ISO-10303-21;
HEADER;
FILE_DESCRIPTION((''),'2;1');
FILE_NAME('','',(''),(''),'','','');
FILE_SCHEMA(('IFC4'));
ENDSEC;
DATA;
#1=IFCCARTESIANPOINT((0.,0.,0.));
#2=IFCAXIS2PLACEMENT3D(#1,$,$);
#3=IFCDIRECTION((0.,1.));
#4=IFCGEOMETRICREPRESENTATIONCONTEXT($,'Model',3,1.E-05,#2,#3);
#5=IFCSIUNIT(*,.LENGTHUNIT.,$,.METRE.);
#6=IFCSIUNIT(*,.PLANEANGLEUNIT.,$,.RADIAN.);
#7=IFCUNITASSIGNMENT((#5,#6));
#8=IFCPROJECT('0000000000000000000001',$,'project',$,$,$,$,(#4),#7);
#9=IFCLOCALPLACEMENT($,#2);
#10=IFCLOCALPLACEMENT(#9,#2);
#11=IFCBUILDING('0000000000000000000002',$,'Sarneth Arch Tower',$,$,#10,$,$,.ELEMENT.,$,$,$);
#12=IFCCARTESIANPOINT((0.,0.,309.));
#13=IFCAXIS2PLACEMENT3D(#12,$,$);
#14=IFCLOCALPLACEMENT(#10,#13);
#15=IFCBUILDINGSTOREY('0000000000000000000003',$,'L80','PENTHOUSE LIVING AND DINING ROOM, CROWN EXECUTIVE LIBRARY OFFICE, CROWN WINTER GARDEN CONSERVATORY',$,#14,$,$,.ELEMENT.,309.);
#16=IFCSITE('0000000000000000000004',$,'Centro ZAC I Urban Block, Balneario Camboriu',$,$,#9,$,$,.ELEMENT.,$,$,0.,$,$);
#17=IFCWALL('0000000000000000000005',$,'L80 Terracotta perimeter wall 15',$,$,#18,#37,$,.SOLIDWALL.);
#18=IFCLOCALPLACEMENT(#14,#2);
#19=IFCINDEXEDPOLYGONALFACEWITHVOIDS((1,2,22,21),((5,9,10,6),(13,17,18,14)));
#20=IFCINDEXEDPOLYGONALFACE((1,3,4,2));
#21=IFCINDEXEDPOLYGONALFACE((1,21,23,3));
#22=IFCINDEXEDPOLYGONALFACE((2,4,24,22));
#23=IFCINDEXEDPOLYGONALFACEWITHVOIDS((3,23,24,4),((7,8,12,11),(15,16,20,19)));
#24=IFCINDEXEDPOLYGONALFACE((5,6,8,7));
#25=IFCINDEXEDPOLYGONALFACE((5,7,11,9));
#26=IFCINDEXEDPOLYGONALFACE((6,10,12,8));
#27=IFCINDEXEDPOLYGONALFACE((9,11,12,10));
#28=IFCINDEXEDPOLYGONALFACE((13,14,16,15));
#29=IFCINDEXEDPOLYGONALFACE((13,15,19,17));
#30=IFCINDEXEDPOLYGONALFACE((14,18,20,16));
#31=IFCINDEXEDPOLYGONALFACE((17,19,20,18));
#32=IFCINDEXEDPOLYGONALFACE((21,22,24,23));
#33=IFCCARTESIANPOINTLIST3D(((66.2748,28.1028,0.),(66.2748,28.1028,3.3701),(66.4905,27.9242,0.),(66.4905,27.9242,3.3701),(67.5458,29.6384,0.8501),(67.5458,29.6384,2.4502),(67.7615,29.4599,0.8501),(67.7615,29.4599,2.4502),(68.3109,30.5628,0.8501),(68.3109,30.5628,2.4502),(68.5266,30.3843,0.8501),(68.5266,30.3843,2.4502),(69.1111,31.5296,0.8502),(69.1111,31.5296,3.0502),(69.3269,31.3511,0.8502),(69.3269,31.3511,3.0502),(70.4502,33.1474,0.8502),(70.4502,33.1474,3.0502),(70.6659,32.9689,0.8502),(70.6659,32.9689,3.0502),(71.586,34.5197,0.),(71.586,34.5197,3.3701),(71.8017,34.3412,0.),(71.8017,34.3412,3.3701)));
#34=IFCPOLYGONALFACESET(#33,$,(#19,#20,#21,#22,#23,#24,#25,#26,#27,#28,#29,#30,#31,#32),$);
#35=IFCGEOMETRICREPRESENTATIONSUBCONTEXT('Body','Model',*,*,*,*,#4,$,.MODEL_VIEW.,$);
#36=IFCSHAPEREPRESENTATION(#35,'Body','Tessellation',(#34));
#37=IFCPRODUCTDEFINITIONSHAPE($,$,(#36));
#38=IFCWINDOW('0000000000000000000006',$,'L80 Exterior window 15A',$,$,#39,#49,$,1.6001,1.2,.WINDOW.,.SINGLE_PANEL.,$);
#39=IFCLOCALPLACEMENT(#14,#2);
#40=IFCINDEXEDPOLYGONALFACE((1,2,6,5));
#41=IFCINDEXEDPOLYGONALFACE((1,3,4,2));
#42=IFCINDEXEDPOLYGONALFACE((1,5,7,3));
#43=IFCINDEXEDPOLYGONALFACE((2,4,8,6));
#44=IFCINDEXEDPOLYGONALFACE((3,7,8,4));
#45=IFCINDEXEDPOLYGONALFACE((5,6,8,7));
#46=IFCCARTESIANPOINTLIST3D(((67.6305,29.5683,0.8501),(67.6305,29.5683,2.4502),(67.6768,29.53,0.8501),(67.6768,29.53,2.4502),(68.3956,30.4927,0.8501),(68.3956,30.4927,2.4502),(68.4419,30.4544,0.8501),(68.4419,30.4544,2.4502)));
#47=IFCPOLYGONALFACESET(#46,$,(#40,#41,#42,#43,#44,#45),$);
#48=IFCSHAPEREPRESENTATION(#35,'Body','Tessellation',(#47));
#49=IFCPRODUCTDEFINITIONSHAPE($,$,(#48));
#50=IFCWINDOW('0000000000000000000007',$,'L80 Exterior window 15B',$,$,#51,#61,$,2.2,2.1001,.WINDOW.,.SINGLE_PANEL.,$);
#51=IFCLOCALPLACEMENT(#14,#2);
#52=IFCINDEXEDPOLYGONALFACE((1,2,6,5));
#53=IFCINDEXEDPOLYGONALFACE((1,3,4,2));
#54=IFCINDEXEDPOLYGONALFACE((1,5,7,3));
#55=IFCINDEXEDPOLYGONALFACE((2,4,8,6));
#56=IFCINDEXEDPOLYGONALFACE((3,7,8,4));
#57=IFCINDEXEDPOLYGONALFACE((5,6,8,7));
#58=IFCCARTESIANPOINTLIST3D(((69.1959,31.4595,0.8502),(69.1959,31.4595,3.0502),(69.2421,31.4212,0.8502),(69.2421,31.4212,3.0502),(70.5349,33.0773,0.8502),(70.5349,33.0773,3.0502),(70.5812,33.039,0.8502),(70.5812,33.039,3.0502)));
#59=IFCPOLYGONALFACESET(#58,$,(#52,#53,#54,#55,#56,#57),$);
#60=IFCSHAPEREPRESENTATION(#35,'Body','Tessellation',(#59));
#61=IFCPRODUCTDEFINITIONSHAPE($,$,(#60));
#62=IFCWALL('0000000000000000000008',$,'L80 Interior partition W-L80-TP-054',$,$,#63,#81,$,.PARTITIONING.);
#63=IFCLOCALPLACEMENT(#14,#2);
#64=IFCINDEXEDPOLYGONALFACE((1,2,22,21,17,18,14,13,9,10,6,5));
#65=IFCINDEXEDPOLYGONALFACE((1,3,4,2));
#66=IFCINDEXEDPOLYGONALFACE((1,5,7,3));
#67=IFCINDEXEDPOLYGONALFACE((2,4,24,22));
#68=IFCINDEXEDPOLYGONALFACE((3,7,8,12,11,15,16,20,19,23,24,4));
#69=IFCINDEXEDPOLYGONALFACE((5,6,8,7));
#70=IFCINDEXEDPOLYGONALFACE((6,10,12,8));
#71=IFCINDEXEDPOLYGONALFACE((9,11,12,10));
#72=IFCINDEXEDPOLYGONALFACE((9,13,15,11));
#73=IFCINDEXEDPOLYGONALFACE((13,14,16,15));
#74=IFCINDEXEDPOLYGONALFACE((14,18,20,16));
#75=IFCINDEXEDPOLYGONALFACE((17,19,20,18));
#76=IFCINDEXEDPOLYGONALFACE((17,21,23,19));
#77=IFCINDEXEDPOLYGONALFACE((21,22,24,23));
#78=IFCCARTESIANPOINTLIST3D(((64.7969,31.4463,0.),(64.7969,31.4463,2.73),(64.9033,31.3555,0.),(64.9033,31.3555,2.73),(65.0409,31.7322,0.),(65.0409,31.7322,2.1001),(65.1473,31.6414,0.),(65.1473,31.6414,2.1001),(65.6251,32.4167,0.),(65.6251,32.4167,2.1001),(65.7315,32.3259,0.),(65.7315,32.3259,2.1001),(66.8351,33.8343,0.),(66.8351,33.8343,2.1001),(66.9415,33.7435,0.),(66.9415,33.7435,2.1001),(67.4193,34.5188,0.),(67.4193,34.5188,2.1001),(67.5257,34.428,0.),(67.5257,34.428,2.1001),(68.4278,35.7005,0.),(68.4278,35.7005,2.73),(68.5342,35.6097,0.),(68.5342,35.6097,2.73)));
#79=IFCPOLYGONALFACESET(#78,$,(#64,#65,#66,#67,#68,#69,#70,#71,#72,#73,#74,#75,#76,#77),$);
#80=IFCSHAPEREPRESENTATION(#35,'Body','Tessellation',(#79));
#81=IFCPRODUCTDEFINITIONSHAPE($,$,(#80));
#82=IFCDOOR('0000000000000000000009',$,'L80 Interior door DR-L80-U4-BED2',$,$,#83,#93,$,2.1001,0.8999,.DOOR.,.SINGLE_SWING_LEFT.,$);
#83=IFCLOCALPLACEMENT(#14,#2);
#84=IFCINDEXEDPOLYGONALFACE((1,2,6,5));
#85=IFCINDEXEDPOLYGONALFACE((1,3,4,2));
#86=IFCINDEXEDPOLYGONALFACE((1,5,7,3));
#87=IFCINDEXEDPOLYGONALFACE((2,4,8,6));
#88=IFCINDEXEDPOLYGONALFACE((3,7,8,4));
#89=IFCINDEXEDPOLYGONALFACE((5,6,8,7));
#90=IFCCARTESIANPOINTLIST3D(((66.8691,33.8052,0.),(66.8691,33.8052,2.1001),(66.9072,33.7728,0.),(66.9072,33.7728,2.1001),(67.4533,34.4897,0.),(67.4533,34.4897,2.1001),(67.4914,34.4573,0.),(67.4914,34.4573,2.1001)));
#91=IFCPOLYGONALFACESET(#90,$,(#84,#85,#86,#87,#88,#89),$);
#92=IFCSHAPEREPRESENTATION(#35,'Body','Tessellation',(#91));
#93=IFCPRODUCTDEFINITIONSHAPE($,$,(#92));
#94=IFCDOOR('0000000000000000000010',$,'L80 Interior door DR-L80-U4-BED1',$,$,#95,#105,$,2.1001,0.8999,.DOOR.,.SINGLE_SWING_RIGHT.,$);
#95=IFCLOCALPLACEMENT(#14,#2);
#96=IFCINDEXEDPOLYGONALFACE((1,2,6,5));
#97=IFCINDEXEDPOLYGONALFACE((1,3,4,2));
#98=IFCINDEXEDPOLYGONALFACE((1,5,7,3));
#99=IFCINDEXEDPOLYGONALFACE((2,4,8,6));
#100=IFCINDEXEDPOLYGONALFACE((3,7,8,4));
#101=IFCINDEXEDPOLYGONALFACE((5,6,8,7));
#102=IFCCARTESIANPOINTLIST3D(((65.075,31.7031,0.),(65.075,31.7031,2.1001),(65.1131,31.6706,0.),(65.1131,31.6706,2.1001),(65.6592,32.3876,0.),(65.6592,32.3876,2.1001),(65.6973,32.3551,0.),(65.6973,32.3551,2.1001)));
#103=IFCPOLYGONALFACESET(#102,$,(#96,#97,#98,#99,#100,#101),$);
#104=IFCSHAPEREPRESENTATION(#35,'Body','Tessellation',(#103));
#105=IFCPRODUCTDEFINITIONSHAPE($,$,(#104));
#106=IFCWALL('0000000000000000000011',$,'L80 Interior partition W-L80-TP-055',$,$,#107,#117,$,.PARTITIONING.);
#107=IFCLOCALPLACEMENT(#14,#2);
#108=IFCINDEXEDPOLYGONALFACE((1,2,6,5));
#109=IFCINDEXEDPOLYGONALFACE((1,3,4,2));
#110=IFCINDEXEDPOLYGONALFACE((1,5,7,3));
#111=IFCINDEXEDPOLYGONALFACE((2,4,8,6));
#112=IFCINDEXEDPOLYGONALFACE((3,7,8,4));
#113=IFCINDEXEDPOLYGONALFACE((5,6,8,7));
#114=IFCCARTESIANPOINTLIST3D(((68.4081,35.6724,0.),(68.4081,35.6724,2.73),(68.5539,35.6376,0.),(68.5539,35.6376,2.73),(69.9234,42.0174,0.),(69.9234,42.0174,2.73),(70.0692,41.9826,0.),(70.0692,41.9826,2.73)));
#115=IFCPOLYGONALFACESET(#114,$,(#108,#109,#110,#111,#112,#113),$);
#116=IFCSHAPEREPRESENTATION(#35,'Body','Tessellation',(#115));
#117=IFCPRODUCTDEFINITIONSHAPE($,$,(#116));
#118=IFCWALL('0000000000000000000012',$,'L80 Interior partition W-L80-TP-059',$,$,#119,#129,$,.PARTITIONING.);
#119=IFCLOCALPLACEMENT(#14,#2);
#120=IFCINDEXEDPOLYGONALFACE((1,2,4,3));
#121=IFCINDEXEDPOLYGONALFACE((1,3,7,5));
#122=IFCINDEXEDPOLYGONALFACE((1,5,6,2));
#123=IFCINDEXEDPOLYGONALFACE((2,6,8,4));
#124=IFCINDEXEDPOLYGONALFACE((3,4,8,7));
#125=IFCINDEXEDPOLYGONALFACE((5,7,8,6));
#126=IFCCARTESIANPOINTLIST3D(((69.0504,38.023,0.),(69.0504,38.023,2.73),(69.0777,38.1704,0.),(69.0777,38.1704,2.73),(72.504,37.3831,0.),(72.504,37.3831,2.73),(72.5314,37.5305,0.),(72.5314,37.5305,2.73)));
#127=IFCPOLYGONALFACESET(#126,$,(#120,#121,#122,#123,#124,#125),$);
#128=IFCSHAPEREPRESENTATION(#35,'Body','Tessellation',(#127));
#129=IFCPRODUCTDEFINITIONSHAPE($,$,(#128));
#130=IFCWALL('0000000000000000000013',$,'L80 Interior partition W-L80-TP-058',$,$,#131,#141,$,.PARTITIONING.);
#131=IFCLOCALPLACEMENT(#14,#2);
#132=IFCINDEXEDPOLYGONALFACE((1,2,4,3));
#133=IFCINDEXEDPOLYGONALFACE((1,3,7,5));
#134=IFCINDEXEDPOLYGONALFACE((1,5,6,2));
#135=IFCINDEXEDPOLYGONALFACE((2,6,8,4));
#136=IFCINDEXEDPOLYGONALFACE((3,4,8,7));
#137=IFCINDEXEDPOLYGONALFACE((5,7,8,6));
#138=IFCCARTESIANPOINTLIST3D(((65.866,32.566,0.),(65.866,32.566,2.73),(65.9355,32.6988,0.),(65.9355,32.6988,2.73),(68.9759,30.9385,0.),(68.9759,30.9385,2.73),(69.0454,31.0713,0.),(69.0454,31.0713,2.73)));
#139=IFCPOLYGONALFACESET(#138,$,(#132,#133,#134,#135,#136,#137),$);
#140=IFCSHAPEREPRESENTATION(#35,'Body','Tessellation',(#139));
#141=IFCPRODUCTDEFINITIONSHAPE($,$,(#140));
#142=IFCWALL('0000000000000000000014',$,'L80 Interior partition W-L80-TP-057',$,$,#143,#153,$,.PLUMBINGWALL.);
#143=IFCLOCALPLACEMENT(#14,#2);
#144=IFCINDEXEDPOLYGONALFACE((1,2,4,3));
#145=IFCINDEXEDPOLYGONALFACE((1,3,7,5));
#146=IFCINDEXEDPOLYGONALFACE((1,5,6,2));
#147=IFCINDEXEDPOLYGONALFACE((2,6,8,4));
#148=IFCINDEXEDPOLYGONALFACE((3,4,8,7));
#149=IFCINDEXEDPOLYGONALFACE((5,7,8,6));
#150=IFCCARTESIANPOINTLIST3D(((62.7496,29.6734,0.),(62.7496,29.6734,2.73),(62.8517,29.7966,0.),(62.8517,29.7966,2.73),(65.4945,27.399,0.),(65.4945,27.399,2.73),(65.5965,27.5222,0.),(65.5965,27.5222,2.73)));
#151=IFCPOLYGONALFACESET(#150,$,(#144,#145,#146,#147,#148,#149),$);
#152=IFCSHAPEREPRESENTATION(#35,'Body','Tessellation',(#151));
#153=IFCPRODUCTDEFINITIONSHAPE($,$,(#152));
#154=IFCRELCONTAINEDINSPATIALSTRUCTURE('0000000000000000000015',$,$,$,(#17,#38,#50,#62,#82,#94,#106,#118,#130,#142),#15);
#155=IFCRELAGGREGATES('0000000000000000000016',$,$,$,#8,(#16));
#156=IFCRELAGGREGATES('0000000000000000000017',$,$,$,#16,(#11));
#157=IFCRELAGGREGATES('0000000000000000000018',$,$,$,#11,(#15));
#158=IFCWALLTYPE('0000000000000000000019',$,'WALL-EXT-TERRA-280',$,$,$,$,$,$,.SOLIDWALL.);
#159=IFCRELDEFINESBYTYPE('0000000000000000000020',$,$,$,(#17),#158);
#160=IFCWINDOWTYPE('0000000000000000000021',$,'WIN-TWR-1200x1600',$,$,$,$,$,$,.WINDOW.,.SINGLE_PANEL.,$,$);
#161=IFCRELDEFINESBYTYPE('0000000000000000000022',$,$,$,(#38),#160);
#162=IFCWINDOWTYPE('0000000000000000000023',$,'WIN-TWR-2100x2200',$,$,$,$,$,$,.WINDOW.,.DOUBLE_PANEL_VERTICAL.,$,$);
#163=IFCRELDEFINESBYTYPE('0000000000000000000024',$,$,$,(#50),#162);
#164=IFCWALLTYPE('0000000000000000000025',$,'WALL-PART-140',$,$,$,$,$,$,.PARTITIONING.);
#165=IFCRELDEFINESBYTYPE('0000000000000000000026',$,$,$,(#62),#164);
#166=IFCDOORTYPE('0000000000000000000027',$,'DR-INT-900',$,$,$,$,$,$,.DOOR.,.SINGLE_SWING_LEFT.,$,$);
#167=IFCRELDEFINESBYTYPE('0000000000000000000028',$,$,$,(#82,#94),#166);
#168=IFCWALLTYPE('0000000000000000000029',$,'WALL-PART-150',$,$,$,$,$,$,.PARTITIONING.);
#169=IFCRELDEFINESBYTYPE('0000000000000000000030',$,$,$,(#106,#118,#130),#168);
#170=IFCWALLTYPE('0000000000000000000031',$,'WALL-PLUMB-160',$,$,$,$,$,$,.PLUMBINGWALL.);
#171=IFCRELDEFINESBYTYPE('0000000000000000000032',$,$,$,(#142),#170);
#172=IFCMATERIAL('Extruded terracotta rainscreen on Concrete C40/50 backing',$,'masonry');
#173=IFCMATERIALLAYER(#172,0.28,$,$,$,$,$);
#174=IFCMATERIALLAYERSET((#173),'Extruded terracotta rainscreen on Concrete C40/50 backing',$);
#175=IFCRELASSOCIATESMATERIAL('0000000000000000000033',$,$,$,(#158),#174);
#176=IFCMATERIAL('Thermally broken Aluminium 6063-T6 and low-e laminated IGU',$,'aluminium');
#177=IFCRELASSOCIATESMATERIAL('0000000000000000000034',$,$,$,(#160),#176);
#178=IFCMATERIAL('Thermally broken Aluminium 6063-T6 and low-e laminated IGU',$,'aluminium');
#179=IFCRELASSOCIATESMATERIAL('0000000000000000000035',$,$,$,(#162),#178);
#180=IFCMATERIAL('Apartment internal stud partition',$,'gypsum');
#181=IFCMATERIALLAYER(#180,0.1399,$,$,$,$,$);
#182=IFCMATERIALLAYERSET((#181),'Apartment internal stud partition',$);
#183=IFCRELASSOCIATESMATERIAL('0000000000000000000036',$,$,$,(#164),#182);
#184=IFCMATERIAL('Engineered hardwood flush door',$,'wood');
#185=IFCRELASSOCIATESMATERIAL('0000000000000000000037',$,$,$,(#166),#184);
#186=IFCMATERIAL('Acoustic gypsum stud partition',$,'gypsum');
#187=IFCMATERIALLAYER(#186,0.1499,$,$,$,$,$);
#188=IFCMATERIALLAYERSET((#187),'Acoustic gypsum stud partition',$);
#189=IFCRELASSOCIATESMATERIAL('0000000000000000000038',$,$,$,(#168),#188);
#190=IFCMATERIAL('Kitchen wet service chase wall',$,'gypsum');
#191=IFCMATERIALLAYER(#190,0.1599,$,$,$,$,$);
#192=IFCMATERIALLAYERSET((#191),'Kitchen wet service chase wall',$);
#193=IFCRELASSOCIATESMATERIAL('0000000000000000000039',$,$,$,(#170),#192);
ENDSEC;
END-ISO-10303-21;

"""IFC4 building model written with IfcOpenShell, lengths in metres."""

from ifc_helpers import new_model, si_unit, direction, frame, frame_2d, origin, place, context, subcontext, project, spatial, rectangle, extrude, material, layer, layer_set, type_object, element, fill, save


model = new_model("IFC4")

# Units and contexts
model_context = context("Model", 3, precision=1e-05, world=origin(), true_north=direction((0.0, 1.0)))
body_context = subcontext(model_context, "Body", "Model", "MODEL_VIEW")
ifc_project = project(units=[si_unit("LENGTHUNIT", "METRE"), si_unit("PLANEANGLEUNIT", "RADIAN")], contexts=[model_context])

# Site, building, storey
site_placement = place(None, origin())
site = spatial("IfcSite", under=ifc_project, at=site_placement, Name="Centro ZAC I Urban Block, Balneario Camboriu", CompositionType="ELEMENT", RefElevation=0.0)
building_placement = place(site_placement, origin())
building = spatial("IfcBuilding", under=site, at=building_placement, Name="Sarneth Arch Tower", CompositionType="ELEMENT")
storey_placement = place(building_placement, frame((0.0, 0.0, 309.0)))
storey = spatial("IfcBuildingStorey", under=building, at=storey_placement, Name="L80", Description="PENTHOUSE LIVING AND DINING ROOM, CROWN EXECUTIVE LIBRARY OFFICE, CROWN WINTER GARDEN CONSERVATORY", CompositionType="ELEMENT", Elevation=309.0)

# Wall, openings, windows
ifc_material_1 = material(Name="Extruded terracotta rainscreen on Concrete C40/50 backing", Category="masonry")
ifc_layer_1 = layer(ifc_material_1, 0.28)
ifc_layer_set_1 = layer_set([ifc_layer_1], Name="Extruded terracotta rainscreen on Concrete C40/50 backing")
wall_type_1 = type_object("IfcWallType", Name="WALL-EXT-TERRA-280", PredefinedType="SOLIDWALL", material=ifc_layer_set_1)
wall_1_placement = place(storey_placement, frame((66.3826, 28.0134, 0.0), z_axis=(0.0, 0.0, 1.0), x_axis=(0.637615, 0.770355, 0.0)))
wall_1 = element("IfcWall", 1, at=wall_1_placement, inside=storey, type_object=wall_type_1, Name="L80 Terracotta perimeter wall 15", PredefinedType="SOLIDWALL", context=body_context, shape_type="SweptSolid", body=[
    extrude(rectangle(XDim=8.3298, YDim=0.28, at=frame_2d((4.165, 0.0))), origin(), (0.0, 0.0, 1.0), 3.3701),
])
opening_1_placement = place(wall_1_placement, frame((1.9934, 0.0, 0.8501)))
opening_1 = element("IfcOpeningElement", 2, at=opening_1_placement, cuts=wall_1, PredefinedType="OPENING", context=body_context, shape_type="SweptSolid", body=[
    extrude(rectangle(XDim=1.2, YDim=1.6001, at=frame_2d((0.6001, 0.8))), frame((0.0, 0.1499, 0.0), z_axis=(0.0, -1.0, 0.0), x_axis=(1.0, 0.0, 0.0)), (0.0, 0.0, 1.0), 0.3),
])
opening_2_placement = place(wall_1_placement, frame((4.4485, 0.0, 0.8501)))
opening_2 = element("IfcOpeningElement", 3, at=opening_2_placement, cuts=wall_1, PredefinedType="OPENING", context=body_context, shape_type="SweptSolid", body=[
    extrude(rectangle(XDim=2.1001, YDim=2.2, at=frame_2d((1.05, 1.1001))), frame((0.0, 0.1499, 0.0), z_axis=(0.0, -1.0, 0.0), x_axis=(1.0, 0.0, 0.0)), (0.0, 0.0, 1.0), 0.3),
])
ifc_material_2 = material(Name="Thermally broken Aluminium 6063-T6 and low-e laminated IGU", Category="aluminium")
window_type_1 = type_object("IfcWindowType", Name="WIN-TWR-1200x1600", PartitioningType="SINGLE_PANEL", PredefinedType="WINDOW", material=ifc_material_2)
window_1_placement = place(opening_1_placement, origin())
window_1 = element("IfcWindow", 4, at=window_1_placement, inside=storey, type_object=window_type_1, Name="L80 Exterior window 15A", OverallHeight=1.6001, OverallWidth=1.2, PartitioningType="SINGLE_PANEL", PredefinedType="WINDOW", context=body_context, shape_type="SweptSolid", body=[
    extrude(rectangle(XDim=1.2, YDim=1.6001, at=frame_2d((0.6001, 0.8))), frame((0.0, 0.03, 0.0), z_axis=(0.0, -1.0, 0.0), x_axis=(1.0, 0.0, 0.0)), (0.0, 0.0, 1.0), 0.0601),
])
fill(opening_1, window_1)
ifc_material_3 = material(Name="Thermally broken Aluminium 6063-T6 and low-e laminated IGU", Category="aluminium")
window_type_2 = type_object("IfcWindowType", Name="WIN-TWR-2100x2200", PartitioningType="DOUBLE_PANEL_VERTICAL", PredefinedType="WINDOW", material=ifc_material_3)
window_2_placement = place(opening_2_placement, origin())
window_2 = element("IfcWindow", 5, at=window_2_placement, inside=storey, type_object=window_type_2, Name="L80 Exterior window 15B", OverallHeight=2.2, OverallWidth=2.1001, PartitioningType="SINGLE_PANEL", PredefinedType="WINDOW", context=body_context, shape_type="SweptSolid", body=[
    extrude(rectangle(XDim=2.1001, YDim=2.2, at=frame_2d((1.05, 1.1001))), frame((0.0, 0.03, 0.0), z_axis=(0.0, -1.0, 0.0), x_axis=(1.0, 0.0, 0.0)), (0.0, 0.0, 1.0), 0.0601),
])
fill(opening_2, window_2)

# Wall, openings, doors
ifc_material_4 = material(Name="Apartment internal stud partition", Category="gypsum")
ifc_layer_2 = layer(ifc_material_4, 0.1399)
ifc_layer_set_2 = layer_set([ifc_layer_2], Name="Apartment internal stud partition")
wall_type_2 = type_object("IfcWallType", Name="WALL-PART-140", PredefinedType="PARTITIONING", material=ifc_layer_set_2)
wall_2_placement = place(storey_placement, frame((68.481, 35.655, 0.0), z_axis=(0.0, 0.0, 1.0), x_axis=(-0.649187, -0.760629, 0.0)))
wall_2 = element("IfcWall", 6, at=wall_2_placement, inside=storey, type_object=wall_type_2, Name="L80 Interior partition W-L80-TP-054", PredefinedType="PARTITIONING", context=body_context, shape_type="SweptSolid", body=[
    extrude(rectangle(XDim=5.593, YDim=0.1399, at=frame_2d((2.7964, 0.0))), origin(), (0.0, 0.0, 1.0), 2.73),
])
opening_3_placement = place(wall_2_placement, frame((1.5535, 0.0, 0.0)))
opening_3 = element("IfcOpeningElement", 7, at=opening_3_placement, cuts=wall_2, PredefinedType="OPENING", context=body_context, shape_type="SweptSolid", body=[
    extrude(rectangle(XDim=0.8999, YDim=2.1001, at=frame_2d((0.45, 1.05))), frame((0.0, 0.0798, 0.0), z_axis=(0.0, -1.0, 0.0), x_axis=(1.0, 0.0, 0.0)), (0.0, 0.0, 1.0), 0.1599),
])
opening_4_placement = place(wall_2_placement, frame((4.3171, 0.0, 0.0)))
opening_4 = element("IfcOpeningElement", 8, at=opening_4_placement, cuts=wall_2, PredefinedType="OPENING", context=body_context, shape_type="SweptSolid", body=[
    extrude(rectangle(XDim=0.8999, YDim=2.1001, at=frame_2d((0.45, 1.05))), frame((0.0, 0.0798, 0.0), z_axis=(0.0, -1.0, 0.0), x_axis=(1.0, 0.0, 0.0)), (0.0, 0.0, 1.0), 0.1599),
])
ifc_material_5 = material(Name="Engineered hardwood flush door", Category="wood")
door_type = type_object("IfcDoorType", Name="DR-INT-900", OperationType="SINGLE_SWING_LEFT", PredefinedType="DOOR", material=ifc_material_5)
door_1_placement = place(opening_3_placement, origin())
door_1 = element("IfcDoor", 9, at=door_1_placement, inside=storey, type_object=door_type, Name="L80 Interior door DR-L80-U4-BED2", OperationType="SINGLE_SWING_LEFT", OverallHeight=2.1001, OverallWidth=0.8999, PredefinedType="DOOR", context=body_context, shape_type="SweptSolid", body=[
    extrude(rectangle(XDim=0.8999, YDim=2.1001, at=frame_2d((0.45, 1.05))), frame((0.0, 0.0249, 0.0), z_axis=(0.0, -1.0, 0.0), x_axis=(1.0, 0.0, 0.0)), (0.0, 0.0, 1.0), 0.05),
])
fill(opening_3, door_1)
door_2_placement = place(opening_4_placement, origin())
door_2 = element("IfcDoor", 10, at=door_2_placement, inside=storey, type_object=door_type, Name="L80 Interior door DR-L80-U4-BED1", OperationType="SINGLE_SWING_RIGHT", OverallHeight=2.1001, OverallWidth=0.8999, PredefinedType="DOOR", context=body_context, shape_type="SweptSolid", body=[
    extrude(rectangle(XDim=0.8999, YDim=2.1001, at=frame_2d((0.45, 1.05))), frame((0.0, 0.0249, 0.0), z_axis=(0.0, -1.0, 0.0), x_axis=(1.0, 0.0, 0.0)), (0.0, 0.0, 1.0), 0.05),
])
fill(opening_4, door_2)

# Walls
ifc_material_6 = material(Name="Acoustic gypsum stud partition", Category="gypsum")
ifc_layer_3 = layer(ifc_material_6, 0.1499)
ifc_layer_set_3 = layer_set([ifc_layer_3], Name="Acoustic gypsum stud partition")
wall_type_3 = type_object("IfcWallType", Name="WALL-PART-150", PredefinedType="PARTITIONING", material=ifc_layer_set_3)
wall_3_placement = place(storey_placement, frame((68.481, 35.655, 0.0), z_axis=(0.0, 0.0, 1.0), x_axis=(0.232298, 0.972645, 0.0)))
element("IfcWall", 11, at=wall_3_placement, inside=storey, type_object=wall_type_3, Name="L80 Interior partition W-L80-TP-055", PredefinedType="PARTITIONING", context=body_context, shape_type="SweptSolid", body=[
    extrude(rectangle(XDim=6.5234, YDim=0.1499, at=frame_2d((3.2617, 0.0))), origin(), (0.0, 0.0, 1.0), 2.73),
])
wall_4_placement = place(storey_placement, frame((72.5178, 37.4568, 0.0), z_axis=(0.0, 0.0, 1.0), x_axis=(-0.983265, 0.182181, 0.0)))
element("IfcWall", 12, at=wall_4_placement, inside=storey, type_object=wall_type_3, Name="L80 Interior partition W-L80-TP-059", PredefinedType="PARTITIONING", context=body_context, shape_type="SweptSolid", body=[
    extrude(rectangle(XDim=3.5125, YDim=0.1499, at=frame_2d((1.7563, 0.0))), origin(), (0.0, 0.0, 1.0), 2.73),
])
wall_5_placement = place(storey_placement, frame((65.9009, 32.6323, 0.0), z_axis=(0.0, 0.0, 1.0), x_axis=(0.886011, -0.463664, 0.0)))
element("IfcWall", 13, at=wall_5_placement, inside=storey, type_object=wall_type_3, Name="L80 Interior partition W-L80-TP-058", PredefinedType="PARTITIONING", context=body_context, shape_type="SweptSolid", body=[
    extrude(rectangle(XDim=3.51, YDim=0.1499, at=frame_2d((1.7549, 0.0))), origin(), (0.0, 0.0, 1.0), 2.73),
])
ifc_material_7 = material(Name="Kitchen wet service chase wall", Category="gypsum")
ifc_layer_4 = layer(ifc_material_7, 0.1599)
ifc_layer_set_4 = layer_set([ifc_layer_4], Name="Kitchen wet service chase wall")
wall_type_4 = type_object("IfcWallType", Name="WALL-PLUMB-160", PredefinedType="PLUMBINGWALL", material=ifc_layer_set_4)
wall_6_placement = place(storey_placement, frame((65.5454, 27.4607, 0.0), z_axis=(0.0, 0.0, 1.0), x_axis=(-0.770009, 0.638033, 0.0)))
element("IfcWall", 14, at=wall_6_placement, inside=storey, type_object=wall_type_4, Name="L80 Interior partition W-L80-TP-057", PredefinedType="PLUMBINGWALL", context=body_context, shape_type="SweptSolid", body=[
    extrude(rectangle(XDim=3.5647, YDim=0.1599, at=frame_2d((1.7822, 0.0))), origin(), (0.0, 0.0, 1.0), 2.73),
])

save(model, "model.ifc")
